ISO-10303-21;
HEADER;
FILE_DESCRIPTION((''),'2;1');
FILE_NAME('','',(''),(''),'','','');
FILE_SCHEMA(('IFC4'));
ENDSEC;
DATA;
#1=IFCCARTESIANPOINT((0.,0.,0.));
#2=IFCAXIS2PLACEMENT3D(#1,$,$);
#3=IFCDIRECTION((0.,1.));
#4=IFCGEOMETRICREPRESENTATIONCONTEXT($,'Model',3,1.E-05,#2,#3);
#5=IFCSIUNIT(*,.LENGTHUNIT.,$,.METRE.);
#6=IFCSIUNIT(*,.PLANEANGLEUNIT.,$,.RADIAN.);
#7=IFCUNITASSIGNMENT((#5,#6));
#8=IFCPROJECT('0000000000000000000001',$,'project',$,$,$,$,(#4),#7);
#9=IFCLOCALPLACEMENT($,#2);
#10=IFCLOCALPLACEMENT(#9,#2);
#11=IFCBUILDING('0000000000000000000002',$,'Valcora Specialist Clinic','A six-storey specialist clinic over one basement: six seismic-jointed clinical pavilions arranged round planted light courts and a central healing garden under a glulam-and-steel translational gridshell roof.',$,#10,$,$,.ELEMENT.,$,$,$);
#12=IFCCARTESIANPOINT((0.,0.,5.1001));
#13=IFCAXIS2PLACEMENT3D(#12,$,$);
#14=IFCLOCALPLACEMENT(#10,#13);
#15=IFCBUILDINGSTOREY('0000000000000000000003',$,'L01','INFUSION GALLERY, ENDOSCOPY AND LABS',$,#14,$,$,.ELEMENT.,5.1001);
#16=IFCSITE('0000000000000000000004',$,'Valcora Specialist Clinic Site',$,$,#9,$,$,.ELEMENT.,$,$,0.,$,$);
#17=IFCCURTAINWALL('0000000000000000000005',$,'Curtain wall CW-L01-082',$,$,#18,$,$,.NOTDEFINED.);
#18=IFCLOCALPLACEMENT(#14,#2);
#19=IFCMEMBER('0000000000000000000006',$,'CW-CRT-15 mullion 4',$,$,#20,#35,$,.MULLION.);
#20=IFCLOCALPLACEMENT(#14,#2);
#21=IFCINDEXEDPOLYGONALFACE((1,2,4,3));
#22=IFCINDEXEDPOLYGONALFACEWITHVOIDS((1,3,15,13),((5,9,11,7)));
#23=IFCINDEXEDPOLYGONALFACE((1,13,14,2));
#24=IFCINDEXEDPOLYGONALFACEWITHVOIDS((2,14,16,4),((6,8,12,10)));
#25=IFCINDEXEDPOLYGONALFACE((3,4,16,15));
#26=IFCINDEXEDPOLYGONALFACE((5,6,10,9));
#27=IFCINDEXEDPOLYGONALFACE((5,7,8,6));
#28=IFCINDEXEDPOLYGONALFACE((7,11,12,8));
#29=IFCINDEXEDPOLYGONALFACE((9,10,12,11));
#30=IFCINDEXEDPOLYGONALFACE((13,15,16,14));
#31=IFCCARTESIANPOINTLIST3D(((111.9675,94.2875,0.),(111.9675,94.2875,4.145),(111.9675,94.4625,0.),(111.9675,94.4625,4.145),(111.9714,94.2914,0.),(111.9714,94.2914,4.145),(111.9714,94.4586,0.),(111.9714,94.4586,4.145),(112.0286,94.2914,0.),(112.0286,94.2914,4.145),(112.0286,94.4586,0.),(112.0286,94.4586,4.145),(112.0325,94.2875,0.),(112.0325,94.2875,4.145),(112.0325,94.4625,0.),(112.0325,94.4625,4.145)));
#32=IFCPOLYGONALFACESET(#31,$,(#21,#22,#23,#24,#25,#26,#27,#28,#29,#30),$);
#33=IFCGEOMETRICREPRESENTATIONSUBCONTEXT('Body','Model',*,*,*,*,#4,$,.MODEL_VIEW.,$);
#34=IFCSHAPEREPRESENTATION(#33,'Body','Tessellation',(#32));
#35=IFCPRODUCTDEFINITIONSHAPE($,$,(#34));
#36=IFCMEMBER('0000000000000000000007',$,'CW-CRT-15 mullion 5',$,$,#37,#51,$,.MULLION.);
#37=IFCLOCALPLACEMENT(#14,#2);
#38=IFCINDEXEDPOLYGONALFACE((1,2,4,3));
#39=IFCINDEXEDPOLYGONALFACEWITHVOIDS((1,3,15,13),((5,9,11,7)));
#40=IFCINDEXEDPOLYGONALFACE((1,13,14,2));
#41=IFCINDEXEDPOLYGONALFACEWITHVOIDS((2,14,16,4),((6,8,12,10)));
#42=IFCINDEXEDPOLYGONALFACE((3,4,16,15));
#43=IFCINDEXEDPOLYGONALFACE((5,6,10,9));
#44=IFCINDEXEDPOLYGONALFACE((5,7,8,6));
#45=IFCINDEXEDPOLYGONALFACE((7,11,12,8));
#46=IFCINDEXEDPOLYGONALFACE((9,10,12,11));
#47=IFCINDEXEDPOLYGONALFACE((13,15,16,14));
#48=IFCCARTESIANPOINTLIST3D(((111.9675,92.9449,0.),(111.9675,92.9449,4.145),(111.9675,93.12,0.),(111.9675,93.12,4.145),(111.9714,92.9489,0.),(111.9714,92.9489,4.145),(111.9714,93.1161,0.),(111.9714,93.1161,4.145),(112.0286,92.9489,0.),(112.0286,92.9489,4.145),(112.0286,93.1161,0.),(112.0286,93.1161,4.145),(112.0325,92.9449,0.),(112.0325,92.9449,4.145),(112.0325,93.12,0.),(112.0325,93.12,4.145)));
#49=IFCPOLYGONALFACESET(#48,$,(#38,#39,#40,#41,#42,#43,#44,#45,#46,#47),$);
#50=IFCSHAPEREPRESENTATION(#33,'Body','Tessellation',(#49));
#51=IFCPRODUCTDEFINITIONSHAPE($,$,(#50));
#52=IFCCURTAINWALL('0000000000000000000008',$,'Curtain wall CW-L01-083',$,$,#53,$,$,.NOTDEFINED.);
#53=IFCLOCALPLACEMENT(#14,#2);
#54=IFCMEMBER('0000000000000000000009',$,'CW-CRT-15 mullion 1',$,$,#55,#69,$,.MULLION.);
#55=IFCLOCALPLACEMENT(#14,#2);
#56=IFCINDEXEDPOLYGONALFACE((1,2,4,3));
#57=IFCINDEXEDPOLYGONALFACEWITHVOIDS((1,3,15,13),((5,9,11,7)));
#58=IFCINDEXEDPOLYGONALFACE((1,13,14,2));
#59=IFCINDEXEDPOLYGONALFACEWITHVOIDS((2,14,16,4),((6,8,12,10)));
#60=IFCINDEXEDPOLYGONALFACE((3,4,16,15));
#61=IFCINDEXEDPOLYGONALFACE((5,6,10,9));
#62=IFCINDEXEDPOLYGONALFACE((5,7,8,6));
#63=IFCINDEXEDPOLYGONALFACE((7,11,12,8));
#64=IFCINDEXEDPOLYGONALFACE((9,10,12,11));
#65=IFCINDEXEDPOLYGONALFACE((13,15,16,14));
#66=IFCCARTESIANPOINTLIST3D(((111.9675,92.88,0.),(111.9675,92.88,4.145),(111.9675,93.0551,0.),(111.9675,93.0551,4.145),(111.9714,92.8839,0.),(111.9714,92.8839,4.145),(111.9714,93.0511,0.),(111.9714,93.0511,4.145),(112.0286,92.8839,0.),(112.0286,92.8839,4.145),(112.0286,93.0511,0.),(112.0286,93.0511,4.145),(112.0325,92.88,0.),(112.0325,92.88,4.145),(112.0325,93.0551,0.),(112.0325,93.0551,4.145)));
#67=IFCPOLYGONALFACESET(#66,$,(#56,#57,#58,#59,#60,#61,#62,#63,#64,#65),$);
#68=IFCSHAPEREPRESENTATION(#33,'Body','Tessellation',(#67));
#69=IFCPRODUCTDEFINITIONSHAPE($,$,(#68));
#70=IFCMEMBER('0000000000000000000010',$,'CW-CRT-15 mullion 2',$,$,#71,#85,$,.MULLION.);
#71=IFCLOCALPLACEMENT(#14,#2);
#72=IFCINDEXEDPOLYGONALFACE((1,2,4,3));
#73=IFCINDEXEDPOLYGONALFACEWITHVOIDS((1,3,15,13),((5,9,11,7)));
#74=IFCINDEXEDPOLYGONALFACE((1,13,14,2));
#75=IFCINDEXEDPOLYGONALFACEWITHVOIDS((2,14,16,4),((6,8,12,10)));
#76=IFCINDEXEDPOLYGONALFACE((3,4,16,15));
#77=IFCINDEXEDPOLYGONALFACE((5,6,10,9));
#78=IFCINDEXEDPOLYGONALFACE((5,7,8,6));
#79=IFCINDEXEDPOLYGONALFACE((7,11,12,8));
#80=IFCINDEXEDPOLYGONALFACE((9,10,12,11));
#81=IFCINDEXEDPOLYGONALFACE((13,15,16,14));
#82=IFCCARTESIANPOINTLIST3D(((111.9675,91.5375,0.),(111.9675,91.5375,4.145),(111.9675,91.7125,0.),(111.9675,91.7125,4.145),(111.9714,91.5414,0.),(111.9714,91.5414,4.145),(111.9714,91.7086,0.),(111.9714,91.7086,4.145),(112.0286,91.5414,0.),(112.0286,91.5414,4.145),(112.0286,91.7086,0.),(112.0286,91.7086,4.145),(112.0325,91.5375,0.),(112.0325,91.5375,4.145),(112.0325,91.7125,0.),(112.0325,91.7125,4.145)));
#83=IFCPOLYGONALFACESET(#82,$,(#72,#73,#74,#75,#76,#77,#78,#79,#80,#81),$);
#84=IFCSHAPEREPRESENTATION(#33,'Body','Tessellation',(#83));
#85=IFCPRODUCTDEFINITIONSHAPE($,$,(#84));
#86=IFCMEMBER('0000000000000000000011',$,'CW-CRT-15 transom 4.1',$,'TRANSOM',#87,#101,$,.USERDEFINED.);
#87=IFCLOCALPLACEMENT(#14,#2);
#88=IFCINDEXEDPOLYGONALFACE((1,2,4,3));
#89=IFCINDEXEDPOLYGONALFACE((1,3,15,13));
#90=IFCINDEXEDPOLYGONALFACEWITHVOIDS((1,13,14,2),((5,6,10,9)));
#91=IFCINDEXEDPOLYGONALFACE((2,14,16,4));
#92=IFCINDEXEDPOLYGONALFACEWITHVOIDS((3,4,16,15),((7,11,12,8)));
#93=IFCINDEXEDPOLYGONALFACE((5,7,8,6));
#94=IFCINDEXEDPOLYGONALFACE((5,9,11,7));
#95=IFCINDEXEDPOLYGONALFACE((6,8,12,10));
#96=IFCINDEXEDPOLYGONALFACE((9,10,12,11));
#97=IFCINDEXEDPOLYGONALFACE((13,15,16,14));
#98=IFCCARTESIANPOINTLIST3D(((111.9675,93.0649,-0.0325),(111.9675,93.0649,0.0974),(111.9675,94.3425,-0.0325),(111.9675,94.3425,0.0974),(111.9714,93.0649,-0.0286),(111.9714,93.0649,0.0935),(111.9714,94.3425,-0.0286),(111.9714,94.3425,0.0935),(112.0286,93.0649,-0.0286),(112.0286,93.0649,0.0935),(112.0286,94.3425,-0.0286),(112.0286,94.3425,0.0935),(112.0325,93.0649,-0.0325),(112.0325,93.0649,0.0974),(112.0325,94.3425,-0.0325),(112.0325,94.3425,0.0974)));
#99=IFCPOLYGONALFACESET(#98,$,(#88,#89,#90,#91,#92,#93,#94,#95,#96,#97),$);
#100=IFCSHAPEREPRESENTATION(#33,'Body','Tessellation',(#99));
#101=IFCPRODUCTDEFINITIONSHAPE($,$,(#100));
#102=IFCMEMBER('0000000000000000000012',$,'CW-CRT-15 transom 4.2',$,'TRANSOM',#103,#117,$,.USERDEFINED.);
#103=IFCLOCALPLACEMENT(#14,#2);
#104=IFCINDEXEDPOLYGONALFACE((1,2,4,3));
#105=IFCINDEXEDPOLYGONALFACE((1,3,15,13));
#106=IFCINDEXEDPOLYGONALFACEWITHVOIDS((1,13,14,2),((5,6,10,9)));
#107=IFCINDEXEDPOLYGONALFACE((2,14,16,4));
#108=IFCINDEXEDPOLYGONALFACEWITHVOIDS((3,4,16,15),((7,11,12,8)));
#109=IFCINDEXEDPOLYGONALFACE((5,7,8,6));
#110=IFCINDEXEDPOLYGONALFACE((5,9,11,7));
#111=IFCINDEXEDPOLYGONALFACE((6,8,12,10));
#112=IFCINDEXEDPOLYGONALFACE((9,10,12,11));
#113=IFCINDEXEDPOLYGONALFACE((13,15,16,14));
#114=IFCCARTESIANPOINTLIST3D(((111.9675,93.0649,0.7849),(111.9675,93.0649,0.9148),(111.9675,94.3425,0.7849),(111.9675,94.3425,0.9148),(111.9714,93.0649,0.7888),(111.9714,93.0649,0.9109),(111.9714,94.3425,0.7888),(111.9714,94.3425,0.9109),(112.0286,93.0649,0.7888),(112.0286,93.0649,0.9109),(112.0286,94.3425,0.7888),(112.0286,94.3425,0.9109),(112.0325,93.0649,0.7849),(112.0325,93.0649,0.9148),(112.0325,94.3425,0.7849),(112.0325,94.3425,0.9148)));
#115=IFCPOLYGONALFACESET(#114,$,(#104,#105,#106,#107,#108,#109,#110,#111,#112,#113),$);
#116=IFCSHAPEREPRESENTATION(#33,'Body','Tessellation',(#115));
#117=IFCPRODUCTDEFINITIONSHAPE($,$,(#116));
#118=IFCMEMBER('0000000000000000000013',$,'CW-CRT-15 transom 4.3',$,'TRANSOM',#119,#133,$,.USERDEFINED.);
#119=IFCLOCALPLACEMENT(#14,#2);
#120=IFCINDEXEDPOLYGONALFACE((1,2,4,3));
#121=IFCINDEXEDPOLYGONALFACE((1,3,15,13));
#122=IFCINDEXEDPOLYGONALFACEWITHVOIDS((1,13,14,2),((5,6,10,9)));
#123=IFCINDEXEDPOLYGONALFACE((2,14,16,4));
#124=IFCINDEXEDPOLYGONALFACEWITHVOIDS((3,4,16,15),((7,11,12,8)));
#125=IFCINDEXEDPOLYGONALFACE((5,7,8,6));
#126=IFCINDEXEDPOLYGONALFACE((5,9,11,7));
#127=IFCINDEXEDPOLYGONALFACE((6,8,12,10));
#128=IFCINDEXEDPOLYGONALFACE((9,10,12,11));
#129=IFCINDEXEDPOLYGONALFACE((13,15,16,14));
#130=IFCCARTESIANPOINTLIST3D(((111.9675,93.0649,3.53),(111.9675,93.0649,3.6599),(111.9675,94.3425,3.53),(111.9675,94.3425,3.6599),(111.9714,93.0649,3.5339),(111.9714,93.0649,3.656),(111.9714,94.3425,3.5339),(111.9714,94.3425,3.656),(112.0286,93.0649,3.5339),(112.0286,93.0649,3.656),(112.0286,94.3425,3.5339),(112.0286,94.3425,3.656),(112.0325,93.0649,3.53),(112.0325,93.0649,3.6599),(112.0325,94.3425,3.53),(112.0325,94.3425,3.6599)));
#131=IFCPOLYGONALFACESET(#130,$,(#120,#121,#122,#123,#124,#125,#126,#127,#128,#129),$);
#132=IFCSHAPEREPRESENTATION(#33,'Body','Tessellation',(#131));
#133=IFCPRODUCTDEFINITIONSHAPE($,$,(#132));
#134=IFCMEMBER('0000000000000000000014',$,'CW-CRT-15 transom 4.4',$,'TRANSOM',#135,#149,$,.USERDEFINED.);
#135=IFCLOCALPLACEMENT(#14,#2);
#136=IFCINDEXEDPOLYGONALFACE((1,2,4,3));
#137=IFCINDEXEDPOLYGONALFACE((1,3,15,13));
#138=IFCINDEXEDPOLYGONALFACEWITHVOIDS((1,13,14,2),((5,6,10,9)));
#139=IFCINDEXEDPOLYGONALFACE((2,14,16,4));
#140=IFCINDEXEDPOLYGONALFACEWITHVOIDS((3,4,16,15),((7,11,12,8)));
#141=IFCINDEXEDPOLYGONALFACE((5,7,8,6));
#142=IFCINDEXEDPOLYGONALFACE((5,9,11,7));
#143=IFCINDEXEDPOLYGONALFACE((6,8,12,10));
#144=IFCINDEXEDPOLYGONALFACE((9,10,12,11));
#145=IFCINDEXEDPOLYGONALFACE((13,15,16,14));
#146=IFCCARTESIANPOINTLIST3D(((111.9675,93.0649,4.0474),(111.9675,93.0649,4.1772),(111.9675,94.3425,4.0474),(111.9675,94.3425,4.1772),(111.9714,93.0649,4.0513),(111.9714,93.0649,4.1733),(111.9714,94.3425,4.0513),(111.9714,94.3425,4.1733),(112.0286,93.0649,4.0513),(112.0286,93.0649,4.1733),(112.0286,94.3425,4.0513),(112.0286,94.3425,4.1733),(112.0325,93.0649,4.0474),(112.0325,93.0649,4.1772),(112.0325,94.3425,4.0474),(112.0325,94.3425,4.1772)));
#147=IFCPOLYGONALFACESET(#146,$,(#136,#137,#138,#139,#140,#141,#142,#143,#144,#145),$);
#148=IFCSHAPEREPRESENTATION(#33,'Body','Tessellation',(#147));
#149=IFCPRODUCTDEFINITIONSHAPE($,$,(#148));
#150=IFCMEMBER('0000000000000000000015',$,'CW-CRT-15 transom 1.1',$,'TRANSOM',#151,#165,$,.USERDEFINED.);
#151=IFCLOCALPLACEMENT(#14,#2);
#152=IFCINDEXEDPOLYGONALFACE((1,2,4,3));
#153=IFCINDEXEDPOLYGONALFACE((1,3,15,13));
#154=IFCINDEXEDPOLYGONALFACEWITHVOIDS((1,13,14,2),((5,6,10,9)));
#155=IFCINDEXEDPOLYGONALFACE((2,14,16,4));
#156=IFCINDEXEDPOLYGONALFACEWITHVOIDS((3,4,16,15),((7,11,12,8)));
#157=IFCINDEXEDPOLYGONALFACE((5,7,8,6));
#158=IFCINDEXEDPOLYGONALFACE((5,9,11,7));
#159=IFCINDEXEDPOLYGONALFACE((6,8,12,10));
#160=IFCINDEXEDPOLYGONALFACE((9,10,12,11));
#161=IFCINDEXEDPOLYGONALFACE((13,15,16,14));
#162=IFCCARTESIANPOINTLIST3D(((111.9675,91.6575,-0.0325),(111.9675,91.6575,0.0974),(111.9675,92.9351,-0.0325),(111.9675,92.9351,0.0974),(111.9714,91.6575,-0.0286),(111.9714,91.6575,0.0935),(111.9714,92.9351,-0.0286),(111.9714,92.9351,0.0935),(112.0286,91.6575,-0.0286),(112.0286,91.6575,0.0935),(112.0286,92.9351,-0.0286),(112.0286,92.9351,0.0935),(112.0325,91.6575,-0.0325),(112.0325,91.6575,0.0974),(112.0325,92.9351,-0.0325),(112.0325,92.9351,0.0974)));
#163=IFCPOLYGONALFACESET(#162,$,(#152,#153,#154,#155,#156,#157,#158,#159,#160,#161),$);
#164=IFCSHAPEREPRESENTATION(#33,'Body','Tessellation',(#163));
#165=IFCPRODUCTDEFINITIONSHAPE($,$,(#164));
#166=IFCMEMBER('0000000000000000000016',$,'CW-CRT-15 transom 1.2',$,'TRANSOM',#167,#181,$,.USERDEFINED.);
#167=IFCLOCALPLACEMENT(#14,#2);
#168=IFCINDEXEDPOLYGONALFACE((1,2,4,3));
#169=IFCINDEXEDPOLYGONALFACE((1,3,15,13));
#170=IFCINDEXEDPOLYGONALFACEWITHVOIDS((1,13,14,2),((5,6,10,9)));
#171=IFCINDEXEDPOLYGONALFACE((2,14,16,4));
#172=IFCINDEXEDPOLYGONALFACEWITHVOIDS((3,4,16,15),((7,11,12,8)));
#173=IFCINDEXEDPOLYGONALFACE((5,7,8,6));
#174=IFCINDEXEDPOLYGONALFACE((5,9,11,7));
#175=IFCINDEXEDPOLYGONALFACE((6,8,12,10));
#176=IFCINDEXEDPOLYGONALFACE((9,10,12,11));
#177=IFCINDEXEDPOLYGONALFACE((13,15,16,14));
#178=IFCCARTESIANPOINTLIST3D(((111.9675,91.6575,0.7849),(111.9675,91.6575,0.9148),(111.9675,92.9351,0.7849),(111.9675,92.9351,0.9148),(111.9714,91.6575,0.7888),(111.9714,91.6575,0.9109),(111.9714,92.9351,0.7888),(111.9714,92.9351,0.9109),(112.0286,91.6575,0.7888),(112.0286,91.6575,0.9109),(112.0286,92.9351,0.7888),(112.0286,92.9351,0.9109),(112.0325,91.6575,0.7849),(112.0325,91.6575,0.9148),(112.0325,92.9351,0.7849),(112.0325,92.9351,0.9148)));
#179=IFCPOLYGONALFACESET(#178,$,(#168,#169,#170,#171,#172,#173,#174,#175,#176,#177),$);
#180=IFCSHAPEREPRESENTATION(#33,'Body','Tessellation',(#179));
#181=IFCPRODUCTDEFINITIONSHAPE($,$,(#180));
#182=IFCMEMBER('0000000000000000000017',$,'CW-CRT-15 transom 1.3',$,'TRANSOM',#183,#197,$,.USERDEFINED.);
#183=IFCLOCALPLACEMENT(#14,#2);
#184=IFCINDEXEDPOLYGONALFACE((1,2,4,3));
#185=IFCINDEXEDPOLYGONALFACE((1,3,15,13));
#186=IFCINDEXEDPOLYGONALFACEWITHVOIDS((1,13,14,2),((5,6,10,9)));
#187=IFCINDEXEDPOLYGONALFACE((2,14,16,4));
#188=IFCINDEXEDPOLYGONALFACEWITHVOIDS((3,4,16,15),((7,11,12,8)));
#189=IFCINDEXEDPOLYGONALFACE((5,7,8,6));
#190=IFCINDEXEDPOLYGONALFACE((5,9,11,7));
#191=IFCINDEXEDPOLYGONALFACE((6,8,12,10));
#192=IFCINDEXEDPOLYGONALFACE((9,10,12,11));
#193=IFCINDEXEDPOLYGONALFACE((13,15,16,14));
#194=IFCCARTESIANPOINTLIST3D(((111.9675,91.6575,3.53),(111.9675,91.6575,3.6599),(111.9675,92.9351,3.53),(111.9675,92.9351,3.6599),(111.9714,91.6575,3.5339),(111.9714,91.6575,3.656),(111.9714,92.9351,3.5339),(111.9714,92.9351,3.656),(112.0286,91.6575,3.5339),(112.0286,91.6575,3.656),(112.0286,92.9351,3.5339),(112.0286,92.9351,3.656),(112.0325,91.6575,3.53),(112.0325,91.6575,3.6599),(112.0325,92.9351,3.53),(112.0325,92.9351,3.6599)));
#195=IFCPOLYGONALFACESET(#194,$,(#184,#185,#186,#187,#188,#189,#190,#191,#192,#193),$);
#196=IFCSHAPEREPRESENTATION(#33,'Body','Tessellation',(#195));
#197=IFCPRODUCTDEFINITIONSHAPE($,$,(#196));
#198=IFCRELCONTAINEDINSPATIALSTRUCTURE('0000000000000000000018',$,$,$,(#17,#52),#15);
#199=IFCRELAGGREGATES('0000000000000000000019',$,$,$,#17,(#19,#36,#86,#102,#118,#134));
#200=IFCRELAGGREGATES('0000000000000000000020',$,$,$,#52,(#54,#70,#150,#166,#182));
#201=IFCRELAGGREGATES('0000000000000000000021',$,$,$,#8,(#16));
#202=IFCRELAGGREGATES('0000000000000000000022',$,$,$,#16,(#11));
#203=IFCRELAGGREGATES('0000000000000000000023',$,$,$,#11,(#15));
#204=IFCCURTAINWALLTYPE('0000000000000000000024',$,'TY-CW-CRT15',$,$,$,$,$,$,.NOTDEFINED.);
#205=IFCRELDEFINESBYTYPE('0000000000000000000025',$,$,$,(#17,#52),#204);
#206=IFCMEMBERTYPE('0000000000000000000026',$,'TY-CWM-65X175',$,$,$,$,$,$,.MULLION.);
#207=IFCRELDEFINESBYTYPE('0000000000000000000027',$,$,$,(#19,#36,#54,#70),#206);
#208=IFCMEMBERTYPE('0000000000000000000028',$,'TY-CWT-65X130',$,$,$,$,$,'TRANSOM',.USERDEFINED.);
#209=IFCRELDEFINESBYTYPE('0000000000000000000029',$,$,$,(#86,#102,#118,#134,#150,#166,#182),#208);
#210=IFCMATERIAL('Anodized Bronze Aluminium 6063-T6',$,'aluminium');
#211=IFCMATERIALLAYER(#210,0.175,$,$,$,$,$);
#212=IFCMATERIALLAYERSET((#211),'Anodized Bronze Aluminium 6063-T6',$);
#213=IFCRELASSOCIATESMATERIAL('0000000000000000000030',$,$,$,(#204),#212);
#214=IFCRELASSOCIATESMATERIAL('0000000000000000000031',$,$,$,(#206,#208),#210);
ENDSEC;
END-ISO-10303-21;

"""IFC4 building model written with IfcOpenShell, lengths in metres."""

from ifc_helpers import new_model, si_unit, direction, frame, origin, origin_2d, place, context, subcontext, project, spatial, hollow_rectangle, extrude, material, layer, layer_set, material_profile, profile_set, type_object, element, aggregate, save


model = new_model("IFC4")

# Units and contexts
model_context = context("Model", 3, precision=1e-05, world=origin(), true_north=direction((0.0, 1.0)))
body_context = subcontext(model_context, "Body", "Model", "MODEL_VIEW")
ifc_project = project(units=[si_unit("LENGTHUNIT", "METRE"), si_unit("PLANEANGLEUNIT", "RADIAN")], contexts=[model_context])

# Site, building, storey
site_placement = place(None, origin())
site = spatial("IfcSite", under=ifc_project, at=site_placement, Name="Valcora Specialist Clinic Site", CompositionType="ELEMENT", RefElevation=0.0)
building_placement = place(site_placement, origin())
building = spatial("IfcBuilding", under=site, at=building_placement, Name="Valcora Specialist Clinic", Description="A six-storey specialist clinic over one basement: six seismic-jointed clinical pavilions arranged round planted light courts and a central healing garden under a glulam-and-steel translational gridshell roof.", CompositionType="ELEMENT")
storey_placement = place(building_placement, frame((0.0, 0.0, 5.1001)))
storey = spatial("IfcBuildingStorey", under=building, at=storey_placement, Name="L01", Description="INFUSION GALLERY, ENDOSCOPY AND LABS", CompositionType="ELEMENT", Elevation=5.1001)

# Curtain walls, members
ifc_material_1 = material(Name="Anodized Bronze Aluminium 6063-T6", Category="aluminium")
ifc_layer_1 = layer(ifc_material_1, 0.175)
ifc_layer_set_1 = layer_set([ifc_layer_1], Name="Anodized Bronze Aluminium 6063-T6")
curtain_wall_type = type_object("IfcCurtainWallType", Name="TY-CW-CRT15", PredefinedType="NOTDEFINED", material=ifc_layer_set_1)
curtain_wall_1_placement = place(storey_placement, origin())
curtain_wall_1 = element("IfcCurtainWall", 1, at=curtain_wall_1_placement, inside=storey, type_object=curtain_wall_type, Name="Curtain wall CW-L01-082", PredefinedType="NOTDEFINED")
ifc_material_profile_1 = material_profile(ifc_material_1, hollow_rectangle(XDim=0.0649, YDim=0.175, WallThickness=0.0039, at=origin_2d()), Name="AL-MUL-65X175")
ifc_profile_set_1 = profile_set([ifc_material_profile_1], Name="Anodized Bronze Aluminium 6063-T6")
member_type_1 = type_object("IfcMemberType", Name="TY-CWM-65X175", PredefinedType="MULLION", material=ifc_profile_set_1)
member_1_placement = place(storey_placement, frame((112.0, 94.375, 0.0), z_axis=(0.0, 0.0, 1.0), x_axis=(1.0, 0.0, 0.0)))
member_1 = element("IfcMember", 2, at=member_1_placement, type_object=member_type_1, Name="CW-CRT-15 mullion 4", PredefinedType="MULLION", context=body_context, shape_type="SweptSolid", body=[
    extrude(hollow_rectangle(XDim=0.0649, YDim=0.175, WallThickness=0.0039, at=origin_2d()), origin(), (0.0, 0.0, 1.0), 4.145),
])
member_2_placement = place(storey_placement, frame((112.0, 93.0325, 0.0), z_axis=(0.0, 0.0, 1.0), x_axis=(1.0, 0.0, 0.0)))
member_2 = element("IfcMember", 3, at=member_2_placement, type_object=member_type_1, Name="CW-CRT-15 mullion 5", PredefinedType="MULLION", context=body_context, shape_type="SweptSolid", body=[
    extrude(hollow_rectangle(XDim=0.0649, YDim=0.175, WallThickness=0.0039, at=origin_2d()), origin(), (0.0, 0.0, 1.0), 4.145),
])
curtain_wall_2_placement = place(storey_placement, origin())
curtain_wall_2 = element("IfcCurtainWall", 4, at=curtain_wall_2_placement, inside=storey, type_object=curtain_wall_type, Name="Curtain wall CW-L01-083", PredefinedType="NOTDEFINED")
member_3_placement = place(storey_placement, frame((112.0, 92.9675, 0.0), z_axis=(0.0, 0.0, 1.0), x_axis=(1.0, 0.0, 0.0)))
member_3 = element("IfcMember", 5, at=member_3_placement, type_object=member_type_1, Name="CW-CRT-15 mullion 1", PredefinedType="MULLION", context=body_context, shape_type="SweptSolid", body=[
    extrude(hollow_rectangle(XDim=0.0649, YDim=0.175, WallThickness=0.0039, at=origin_2d()), origin(), (0.0, 0.0, 1.0), 4.145),
])
member_4_placement = place(storey_placement, frame((112.0, 91.625, 0.0), z_axis=(0.0, 0.0, 1.0), x_axis=(1.0, 0.0, 0.0)))
member_4 = element("IfcMember", 6, at=member_4_placement, type_object=member_type_1, Name="CW-CRT-15 mullion 2", PredefinedType="MULLION", context=body_context, shape_type="SweptSolid", body=[
    extrude(hollow_rectangle(XDim=0.0649, YDim=0.175, WallThickness=0.0039, at=origin_2d()), origin(), (0.0, 0.0, 1.0), 4.145),
])

# Members
ifc_material_profile_2 = material_profile(ifc_material_1, hollow_rectangle(XDim=0.0649, YDim=0.1299, WallThickness=0.0039, at=origin_2d()), Name="AL-TRN-65X130")
ifc_profile_set_2 = profile_set([ifc_material_profile_2], Name="Anodized Bronze Aluminium 6063-T6")
member_type_2 = type_object("IfcMemberType", Name="TY-CWT-65X130", ElementType="TRANSOM", PredefinedType="USERDEFINED", material=ifc_profile_set_2)
member_5_placement = place(storey_placement, frame((112.0, 94.3425, 0.0325), z_axis=(0.0, -1.0, 0.0), x_axis=(1.0, 0.0, 0.0)))
member_5 = element("IfcMember", 7, at=member_5_placement, type_object=member_type_2, Name="CW-CRT-15 transom 4.1", ObjectType="TRANSOM", PredefinedType="USERDEFINED", context=body_context, shape_type="SweptSolid", body=[
    extrude(hollow_rectangle(XDim=0.0649, YDim=0.1299, WallThickness=0.0039, at=origin_2d()), origin(), (0.0, 0.0, 1.0), 1.2776),
])
member_6_placement = place(storey_placement, frame((112.0, 94.3425, 0.8499), z_axis=(0.0, -1.0, 0.0), x_axis=(1.0, 0.0, 0.0)))
member_6 = element("IfcMember", 8, at=member_6_placement, type_object=member_type_2, Name="CW-CRT-15 transom 4.2", ObjectType="TRANSOM", PredefinedType="USERDEFINED", context=body_context, shape_type="SweptSolid", body=[
    extrude(hollow_rectangle(XDim=0.0649, YDim=0.1299, WallThickness=0.0039, at=origin_2d()), origin(), (0.0, 0.0, 1.0), 1.2776),
])
member_7_placement = place(storey_placement, frame((112.0, 94.3425, 3.595), z_axis=(0.0, -1.0, 0.0), x_axis=(1.0, 0.0, 0.0)))
member_7 = element("IfcMember", 9, at=member_7_placement, type_object=member_type_2, Name="CW-CRT-15 transom 4.3", ObjectType="TRANSOM", PredefinedType="USERDEFINED", context=body_context, shape_type="SweptSolid", body=[
    extrude(hollow_rectangle(XDim=0.0649, YDim=0.1299, WallThickness=0.0039, at=origin_2d()), origin(), (0.0, 0.0, 1.0), 1.2776),
])
member_8_placement = place(storey_placement, frame((112.0, 94.3425, 4.1123), z_axis=(0.0, -1.0, 0.0), x_axis=(1.0, 0.0, 0.0)))
member_8 = element("IfcMember", 10, at=member_8_placement, type_object=member_type_2, Name="CW-CRT-15 transom 4.4", ObjectType="TRANSOM", PredefinedType="USERDEFINED", context=body_context, shape_type="SweptSolid", body=[
    extrude(hollow_rectangle(XDim=0.0649, YDim=0.1299, WallThickness=0.0039, at=origin_2d()), origin(), (0.0, 0.0, 1.0), 1.2776),
])
member_9_placement = place(storey_placement, frame((112.0, 92.9351, 0.0325), z_axis=(0.0, -1.0, 0.0), x_axis=(1.0, 0.0, 0.0)))
member_9 = element("IfcMember", 11, at=member_9_placement, type_object=member_type_2, Name="CW-CRT-15 transom 1.1", ObjectType="TRANSOM", PredefinedType="USERDEFINED", context=body_context, shape_type="SweptSolid", body=[
    extrude(hollow_rectangle(XDim=0.0649, YDim=0.1299, WallThickness=0.0039, at=origin_2d()), origin(), (0.0, 0.0, 1.0), 1.2776),
])
member_10_placement = place(storey_placement, frame((112.0, 92.9351, 0.8499), z_axis=(0.0, -1.0, 0.0), x_axis=(1.0, 0.0, 0.0)))
member_10 = element("IfcMember", 12, at=member_10_placement, type_object=member_type_2, Name="CW-CRT-15 transom 1.2", ObjectType="TRANSOM", PredefinedType="USERDEFINED", context=body_context, shape_type="SweptSolid", body=[
    extrude(hollow_rectangle(XDim=0.0649, YDim=0.1299, WallThickness=0.0039, at=origin_2d()), origin(), (0.0, 0.0, 1.0), 1.2776),
])
member_11_placement = place(storey_placement, frame((112.0, 92.9351, 3.595), z_axis=(0.0, -1.0, 0.0), x_axis=(1.0, 0.0, 0.0)))
member_11 = element("IfcMember", 13, at=member_11_placement, type_object=member_type_2, Name="CW-CRT-15 transom 1.3", ObjectType="TRANSOM", PredefinedType="USERDEFINED", context=body_context, shape_type="SweptSolid", body=[
    extrude(hollow_rectangle(XDim=0.0649, YDim=0.1299, WallThickness=0.0039, at=origin_2d()), origin(), (0.0, 0.0, 1.0), 1.2776),
])

aggregate(curtain_wall_1, [member_1, member_2, member_5, member_6, member_7, member_8])
aggregate(curtain_wall_2, [member_3, member_4, member_9, member_10, member_11])

save(model, "model.ifc")
